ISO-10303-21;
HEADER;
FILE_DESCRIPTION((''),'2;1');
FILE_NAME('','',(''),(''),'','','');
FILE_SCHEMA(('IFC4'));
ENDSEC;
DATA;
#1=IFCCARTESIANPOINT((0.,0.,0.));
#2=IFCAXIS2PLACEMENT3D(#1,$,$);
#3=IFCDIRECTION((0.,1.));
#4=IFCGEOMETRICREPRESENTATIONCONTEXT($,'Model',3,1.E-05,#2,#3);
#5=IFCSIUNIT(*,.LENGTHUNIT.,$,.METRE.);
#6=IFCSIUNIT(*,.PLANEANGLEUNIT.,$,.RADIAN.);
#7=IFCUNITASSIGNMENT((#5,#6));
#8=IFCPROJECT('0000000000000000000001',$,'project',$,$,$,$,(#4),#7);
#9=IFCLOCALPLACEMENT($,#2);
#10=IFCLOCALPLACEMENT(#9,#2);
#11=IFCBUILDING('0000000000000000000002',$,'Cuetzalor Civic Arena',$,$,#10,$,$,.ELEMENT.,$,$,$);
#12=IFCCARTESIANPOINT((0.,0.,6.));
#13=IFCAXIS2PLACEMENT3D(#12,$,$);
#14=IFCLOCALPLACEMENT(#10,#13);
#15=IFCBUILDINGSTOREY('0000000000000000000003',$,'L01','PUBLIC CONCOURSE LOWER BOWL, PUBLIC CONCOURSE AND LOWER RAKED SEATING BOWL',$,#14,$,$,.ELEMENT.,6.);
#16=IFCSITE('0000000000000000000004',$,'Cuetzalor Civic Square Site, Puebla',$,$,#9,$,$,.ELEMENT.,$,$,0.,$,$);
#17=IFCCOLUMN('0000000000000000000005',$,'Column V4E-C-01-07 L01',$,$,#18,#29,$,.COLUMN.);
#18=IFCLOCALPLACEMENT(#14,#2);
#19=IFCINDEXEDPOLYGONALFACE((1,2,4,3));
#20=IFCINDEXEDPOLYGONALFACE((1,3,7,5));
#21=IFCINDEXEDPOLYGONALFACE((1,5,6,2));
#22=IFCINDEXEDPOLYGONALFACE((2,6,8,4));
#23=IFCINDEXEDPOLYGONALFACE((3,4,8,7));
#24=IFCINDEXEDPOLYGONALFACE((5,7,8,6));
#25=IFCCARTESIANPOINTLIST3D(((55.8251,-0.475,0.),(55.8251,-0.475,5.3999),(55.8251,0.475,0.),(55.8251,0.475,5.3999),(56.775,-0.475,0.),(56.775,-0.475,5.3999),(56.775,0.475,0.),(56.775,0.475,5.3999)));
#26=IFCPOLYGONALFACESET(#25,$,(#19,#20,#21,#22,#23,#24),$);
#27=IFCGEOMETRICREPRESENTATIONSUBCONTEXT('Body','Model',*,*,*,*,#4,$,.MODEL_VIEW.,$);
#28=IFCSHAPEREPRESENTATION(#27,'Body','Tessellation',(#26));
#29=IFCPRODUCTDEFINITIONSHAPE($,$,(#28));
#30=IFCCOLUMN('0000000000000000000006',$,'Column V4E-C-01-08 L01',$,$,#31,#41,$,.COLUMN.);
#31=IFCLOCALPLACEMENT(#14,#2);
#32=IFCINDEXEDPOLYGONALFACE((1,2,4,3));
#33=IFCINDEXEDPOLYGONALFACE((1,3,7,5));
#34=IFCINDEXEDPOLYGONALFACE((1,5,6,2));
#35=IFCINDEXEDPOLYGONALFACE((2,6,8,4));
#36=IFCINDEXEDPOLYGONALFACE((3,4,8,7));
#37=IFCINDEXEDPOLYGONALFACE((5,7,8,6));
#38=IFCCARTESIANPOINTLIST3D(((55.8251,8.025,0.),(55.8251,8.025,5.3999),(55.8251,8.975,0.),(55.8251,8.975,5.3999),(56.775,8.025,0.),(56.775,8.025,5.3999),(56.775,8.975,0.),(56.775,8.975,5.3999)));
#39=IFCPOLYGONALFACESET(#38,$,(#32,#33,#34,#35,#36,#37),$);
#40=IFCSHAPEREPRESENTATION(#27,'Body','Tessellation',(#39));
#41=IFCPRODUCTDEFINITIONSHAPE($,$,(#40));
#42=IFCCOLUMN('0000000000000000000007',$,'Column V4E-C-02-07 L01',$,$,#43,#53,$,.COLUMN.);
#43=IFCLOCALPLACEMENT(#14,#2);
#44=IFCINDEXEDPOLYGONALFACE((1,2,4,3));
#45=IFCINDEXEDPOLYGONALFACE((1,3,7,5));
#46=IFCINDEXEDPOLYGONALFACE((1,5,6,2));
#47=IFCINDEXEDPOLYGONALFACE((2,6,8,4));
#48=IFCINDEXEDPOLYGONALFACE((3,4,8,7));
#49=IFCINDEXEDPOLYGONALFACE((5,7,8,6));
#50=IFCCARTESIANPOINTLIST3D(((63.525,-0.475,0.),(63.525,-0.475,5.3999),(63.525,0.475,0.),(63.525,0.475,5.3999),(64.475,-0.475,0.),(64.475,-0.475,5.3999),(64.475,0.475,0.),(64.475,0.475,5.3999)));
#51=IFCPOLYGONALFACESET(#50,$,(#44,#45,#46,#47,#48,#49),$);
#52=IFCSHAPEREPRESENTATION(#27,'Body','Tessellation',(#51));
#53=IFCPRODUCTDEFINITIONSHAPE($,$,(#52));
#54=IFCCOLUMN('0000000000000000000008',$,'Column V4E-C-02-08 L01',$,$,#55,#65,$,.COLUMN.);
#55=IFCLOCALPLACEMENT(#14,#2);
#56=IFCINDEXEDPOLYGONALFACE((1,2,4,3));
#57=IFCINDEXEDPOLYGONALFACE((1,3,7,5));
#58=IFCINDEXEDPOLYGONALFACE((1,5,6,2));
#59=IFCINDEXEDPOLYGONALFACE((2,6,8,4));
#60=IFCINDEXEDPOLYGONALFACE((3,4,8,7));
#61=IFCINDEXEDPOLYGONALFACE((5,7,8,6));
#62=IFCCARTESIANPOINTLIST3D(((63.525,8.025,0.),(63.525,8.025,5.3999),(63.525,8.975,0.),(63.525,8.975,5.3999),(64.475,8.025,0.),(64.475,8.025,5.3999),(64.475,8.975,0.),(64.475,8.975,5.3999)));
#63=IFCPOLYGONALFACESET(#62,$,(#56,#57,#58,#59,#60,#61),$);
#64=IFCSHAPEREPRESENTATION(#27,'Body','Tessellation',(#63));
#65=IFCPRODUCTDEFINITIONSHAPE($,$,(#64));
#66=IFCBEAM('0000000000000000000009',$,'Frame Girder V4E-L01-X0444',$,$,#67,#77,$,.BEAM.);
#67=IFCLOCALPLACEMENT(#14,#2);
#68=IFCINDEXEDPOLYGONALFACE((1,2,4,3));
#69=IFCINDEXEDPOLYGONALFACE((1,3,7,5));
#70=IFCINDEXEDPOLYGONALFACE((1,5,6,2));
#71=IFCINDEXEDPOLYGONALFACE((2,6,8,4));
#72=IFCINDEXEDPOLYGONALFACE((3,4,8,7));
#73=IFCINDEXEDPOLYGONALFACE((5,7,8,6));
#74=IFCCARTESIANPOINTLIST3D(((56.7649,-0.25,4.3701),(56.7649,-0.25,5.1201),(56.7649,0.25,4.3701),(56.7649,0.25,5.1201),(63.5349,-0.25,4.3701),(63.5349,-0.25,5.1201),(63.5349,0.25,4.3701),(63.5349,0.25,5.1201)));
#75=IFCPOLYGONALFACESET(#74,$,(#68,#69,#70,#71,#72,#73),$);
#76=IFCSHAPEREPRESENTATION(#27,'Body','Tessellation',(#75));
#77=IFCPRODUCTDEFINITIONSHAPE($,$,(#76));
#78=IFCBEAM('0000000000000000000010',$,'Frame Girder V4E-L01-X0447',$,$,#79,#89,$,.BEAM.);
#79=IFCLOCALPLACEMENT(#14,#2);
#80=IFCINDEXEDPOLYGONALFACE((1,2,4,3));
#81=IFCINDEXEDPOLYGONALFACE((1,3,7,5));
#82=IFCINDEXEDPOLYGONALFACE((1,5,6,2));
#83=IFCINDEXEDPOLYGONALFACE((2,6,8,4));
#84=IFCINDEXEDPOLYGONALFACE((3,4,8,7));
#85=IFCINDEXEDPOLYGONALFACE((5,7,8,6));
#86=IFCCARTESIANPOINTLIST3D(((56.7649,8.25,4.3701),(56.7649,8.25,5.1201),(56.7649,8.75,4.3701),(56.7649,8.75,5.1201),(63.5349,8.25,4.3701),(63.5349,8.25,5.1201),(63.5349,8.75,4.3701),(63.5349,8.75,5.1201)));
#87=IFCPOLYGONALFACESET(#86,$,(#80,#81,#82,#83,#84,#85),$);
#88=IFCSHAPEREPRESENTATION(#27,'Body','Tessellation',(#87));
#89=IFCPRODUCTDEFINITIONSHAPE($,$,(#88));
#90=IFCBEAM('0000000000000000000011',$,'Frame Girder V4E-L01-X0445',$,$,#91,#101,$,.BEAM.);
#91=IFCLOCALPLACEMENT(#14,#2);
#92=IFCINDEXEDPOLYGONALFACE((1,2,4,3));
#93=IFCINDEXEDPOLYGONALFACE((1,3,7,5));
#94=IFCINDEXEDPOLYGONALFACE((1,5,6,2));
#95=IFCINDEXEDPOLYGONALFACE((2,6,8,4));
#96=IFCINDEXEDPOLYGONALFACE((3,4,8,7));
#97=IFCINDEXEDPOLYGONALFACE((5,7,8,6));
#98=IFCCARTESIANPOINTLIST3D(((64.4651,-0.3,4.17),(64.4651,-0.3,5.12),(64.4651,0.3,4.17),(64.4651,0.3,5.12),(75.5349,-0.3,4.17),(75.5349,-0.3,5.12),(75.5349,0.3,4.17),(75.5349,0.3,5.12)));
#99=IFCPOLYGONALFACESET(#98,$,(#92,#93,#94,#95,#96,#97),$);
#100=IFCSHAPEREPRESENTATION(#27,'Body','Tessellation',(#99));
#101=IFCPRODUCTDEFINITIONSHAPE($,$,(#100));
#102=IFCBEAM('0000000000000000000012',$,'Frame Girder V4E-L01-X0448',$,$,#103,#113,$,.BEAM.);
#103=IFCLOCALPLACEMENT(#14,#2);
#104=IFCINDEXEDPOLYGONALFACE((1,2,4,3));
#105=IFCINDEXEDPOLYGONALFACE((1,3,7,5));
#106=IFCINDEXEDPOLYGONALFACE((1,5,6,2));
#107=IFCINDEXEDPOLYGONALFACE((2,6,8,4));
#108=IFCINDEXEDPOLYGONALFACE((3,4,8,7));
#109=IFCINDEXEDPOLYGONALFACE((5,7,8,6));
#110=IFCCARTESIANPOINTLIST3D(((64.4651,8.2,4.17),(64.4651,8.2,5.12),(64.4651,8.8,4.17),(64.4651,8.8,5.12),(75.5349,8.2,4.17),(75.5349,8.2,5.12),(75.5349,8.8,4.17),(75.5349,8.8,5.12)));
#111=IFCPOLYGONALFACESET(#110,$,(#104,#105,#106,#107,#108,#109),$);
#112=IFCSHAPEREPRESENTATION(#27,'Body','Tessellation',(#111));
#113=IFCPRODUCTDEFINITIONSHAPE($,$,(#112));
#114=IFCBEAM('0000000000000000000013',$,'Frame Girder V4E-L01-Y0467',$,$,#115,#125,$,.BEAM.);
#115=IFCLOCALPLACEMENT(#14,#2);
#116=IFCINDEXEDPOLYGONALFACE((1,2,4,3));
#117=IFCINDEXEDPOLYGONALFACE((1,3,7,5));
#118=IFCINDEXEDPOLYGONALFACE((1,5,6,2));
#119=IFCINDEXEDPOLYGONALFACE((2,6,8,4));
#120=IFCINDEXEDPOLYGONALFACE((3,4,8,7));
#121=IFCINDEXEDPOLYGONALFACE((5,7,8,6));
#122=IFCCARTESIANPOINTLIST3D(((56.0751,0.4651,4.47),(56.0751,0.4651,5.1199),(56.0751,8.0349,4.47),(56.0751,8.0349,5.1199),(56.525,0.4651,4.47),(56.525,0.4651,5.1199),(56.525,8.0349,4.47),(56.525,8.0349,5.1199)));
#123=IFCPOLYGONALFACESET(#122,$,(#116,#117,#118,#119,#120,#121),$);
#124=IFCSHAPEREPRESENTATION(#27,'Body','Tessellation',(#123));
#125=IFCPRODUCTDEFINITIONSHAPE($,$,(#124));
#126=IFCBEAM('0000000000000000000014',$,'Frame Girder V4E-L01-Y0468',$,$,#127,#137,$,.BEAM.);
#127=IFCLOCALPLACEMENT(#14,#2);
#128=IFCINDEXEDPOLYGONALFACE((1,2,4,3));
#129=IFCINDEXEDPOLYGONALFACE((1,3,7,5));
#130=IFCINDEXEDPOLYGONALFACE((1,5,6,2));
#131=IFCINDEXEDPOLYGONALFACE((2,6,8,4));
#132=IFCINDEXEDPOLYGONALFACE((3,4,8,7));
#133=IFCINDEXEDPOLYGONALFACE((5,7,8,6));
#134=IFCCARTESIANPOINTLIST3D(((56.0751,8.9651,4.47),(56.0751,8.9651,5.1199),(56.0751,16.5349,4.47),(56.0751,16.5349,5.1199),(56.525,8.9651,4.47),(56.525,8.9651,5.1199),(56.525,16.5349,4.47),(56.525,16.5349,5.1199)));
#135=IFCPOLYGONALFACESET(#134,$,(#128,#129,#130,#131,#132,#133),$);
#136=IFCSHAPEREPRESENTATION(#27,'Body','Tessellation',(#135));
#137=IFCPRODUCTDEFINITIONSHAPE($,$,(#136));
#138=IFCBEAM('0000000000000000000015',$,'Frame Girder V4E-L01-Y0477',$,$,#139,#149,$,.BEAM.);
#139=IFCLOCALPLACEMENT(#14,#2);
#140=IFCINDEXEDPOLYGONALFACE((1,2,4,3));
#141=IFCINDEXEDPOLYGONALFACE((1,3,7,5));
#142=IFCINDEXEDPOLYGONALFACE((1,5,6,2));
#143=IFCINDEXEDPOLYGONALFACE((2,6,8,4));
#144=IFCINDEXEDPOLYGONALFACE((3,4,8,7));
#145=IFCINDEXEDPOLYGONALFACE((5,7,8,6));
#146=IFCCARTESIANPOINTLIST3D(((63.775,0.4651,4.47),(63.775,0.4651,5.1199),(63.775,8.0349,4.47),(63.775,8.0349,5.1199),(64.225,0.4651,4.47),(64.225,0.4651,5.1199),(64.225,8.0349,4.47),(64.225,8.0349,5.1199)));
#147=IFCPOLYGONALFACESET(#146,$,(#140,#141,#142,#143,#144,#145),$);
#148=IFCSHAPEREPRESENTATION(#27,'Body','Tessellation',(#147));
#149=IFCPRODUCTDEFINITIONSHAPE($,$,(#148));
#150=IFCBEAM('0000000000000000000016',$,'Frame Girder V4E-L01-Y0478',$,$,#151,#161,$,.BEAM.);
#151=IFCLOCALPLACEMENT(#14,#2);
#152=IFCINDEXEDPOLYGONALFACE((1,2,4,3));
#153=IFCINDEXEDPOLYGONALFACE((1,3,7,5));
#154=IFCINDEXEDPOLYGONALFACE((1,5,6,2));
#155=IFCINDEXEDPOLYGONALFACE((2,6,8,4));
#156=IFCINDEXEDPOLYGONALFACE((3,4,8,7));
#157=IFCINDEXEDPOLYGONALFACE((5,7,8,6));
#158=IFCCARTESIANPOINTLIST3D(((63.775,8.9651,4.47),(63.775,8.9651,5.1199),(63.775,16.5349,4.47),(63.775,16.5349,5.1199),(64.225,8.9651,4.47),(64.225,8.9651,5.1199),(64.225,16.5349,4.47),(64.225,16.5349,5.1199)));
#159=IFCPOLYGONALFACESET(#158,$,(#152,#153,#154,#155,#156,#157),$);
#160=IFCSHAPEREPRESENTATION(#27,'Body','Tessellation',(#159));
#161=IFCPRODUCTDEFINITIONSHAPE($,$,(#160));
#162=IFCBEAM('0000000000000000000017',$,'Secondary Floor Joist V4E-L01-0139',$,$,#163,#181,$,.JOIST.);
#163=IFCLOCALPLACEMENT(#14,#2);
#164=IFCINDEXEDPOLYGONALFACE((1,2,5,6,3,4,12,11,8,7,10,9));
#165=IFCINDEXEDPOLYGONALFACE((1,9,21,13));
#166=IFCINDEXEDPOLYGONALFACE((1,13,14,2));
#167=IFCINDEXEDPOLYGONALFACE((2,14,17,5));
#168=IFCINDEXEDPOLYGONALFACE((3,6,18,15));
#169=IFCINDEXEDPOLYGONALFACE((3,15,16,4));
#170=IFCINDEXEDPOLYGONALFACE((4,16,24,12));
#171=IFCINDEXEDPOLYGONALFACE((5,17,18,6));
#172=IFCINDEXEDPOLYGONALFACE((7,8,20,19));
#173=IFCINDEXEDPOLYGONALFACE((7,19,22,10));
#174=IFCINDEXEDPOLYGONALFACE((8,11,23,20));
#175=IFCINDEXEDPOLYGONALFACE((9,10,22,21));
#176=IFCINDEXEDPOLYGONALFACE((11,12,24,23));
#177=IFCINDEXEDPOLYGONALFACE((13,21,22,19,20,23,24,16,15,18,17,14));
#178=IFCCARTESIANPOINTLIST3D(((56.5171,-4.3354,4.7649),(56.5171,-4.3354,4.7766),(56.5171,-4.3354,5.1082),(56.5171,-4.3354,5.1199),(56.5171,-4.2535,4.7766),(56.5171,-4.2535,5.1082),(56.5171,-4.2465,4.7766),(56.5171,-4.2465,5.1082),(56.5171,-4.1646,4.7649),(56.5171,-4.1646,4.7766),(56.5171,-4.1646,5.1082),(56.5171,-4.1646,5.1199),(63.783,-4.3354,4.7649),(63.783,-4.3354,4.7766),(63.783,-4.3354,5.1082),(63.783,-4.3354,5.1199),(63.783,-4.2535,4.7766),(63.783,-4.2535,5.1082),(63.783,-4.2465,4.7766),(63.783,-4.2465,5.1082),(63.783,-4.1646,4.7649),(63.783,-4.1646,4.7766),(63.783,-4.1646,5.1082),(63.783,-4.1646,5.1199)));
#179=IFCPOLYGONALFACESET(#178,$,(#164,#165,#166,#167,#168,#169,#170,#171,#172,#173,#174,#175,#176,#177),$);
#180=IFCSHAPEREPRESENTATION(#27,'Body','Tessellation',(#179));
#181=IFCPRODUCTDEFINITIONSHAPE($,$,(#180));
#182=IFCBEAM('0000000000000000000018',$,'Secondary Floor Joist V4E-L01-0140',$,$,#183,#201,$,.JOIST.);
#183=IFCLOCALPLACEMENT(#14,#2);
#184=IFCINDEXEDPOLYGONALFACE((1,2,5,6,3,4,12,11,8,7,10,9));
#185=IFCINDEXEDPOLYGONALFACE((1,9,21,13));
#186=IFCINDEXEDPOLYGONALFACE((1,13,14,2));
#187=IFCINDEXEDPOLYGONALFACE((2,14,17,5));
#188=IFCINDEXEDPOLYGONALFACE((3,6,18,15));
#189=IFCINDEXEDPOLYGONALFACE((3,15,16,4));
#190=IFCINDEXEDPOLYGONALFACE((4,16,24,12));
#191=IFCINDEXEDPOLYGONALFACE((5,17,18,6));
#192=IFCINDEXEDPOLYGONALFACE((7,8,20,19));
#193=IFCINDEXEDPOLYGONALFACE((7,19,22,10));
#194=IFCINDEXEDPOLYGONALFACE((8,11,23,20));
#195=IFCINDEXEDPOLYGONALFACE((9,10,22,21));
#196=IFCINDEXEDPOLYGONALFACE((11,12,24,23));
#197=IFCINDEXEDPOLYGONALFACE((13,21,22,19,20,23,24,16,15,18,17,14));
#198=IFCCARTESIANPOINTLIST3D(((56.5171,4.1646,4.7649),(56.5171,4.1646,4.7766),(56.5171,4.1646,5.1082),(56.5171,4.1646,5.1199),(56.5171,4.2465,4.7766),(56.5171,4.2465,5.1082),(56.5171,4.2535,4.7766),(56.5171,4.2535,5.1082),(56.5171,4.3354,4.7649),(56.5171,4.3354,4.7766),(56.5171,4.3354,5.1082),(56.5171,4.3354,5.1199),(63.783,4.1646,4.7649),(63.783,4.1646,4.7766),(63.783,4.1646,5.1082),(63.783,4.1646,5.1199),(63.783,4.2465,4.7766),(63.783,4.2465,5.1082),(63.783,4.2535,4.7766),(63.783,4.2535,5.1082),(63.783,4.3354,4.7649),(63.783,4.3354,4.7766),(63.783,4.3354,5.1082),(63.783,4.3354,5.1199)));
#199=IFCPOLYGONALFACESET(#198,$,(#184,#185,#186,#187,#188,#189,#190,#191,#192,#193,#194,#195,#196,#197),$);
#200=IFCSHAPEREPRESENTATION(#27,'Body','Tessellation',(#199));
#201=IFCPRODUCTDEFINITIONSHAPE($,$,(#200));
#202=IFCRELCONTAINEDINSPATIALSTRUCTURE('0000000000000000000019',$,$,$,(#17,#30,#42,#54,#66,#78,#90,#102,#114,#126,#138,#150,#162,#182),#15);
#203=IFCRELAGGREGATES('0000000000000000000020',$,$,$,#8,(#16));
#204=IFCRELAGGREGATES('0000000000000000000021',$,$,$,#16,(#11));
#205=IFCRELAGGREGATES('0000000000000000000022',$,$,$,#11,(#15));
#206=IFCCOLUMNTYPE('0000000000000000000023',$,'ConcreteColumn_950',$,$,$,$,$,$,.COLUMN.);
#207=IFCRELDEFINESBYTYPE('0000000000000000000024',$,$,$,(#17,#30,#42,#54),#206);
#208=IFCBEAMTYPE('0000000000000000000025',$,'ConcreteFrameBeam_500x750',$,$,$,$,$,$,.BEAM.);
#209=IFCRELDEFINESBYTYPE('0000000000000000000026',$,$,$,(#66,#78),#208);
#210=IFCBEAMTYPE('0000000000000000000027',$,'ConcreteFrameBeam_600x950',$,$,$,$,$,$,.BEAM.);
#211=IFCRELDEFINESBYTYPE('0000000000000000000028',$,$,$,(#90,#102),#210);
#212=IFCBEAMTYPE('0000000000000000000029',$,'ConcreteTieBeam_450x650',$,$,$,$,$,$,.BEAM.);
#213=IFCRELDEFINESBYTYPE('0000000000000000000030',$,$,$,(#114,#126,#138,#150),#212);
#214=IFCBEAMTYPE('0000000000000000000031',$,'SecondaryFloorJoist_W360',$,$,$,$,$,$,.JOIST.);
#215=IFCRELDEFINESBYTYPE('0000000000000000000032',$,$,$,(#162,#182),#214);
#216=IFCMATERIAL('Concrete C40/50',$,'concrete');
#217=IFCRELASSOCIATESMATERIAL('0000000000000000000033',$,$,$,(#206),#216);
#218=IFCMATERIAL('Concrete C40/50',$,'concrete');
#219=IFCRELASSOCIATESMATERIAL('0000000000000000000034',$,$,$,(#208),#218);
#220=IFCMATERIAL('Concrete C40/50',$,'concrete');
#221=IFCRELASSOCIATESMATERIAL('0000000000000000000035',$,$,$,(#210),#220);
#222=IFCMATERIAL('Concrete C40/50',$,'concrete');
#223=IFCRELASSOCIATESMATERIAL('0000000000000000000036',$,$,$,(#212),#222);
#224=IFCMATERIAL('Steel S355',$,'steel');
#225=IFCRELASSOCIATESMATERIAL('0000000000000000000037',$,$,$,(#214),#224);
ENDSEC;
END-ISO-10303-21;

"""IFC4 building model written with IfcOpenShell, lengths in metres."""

from ifc_helpers import new_model, si_unit, direction, frame, origin, origin_2d, place, context, subcontext, project, spatial, rectangle, i_section, extrude, material, material_profile, profile_set, type_object, element, save


model = new_model("IFC4")

# Units and contexts
model_context = context("Model", 3, precision=1e-05, world=origin(), true_north=direction((0.0, 1.0)))
body_context = subcontext(model_context, "Body", "Model", "MODEL_VIEW")
ifc_project = project(units=[si_unit("LENGTHUNIT", "METRE"), si_unit("PLANEANGLEUNIT", "RADIAN")], contexts=[model_context])

# Site, building, storey
site_placement = place(None, origin())
site = spatial("IfcSite", under=ifc_project, at=site_placement, Name="Cuetzalor Civic Square Site, Puebla", CompositionType="ELEMENT", RefElevation=0.0)
building_placement = place(site_placement, origin())
building = spatial("IfcBuilding", under=site, at=building_placement, Name="Cuetzalor Civic Arena", CompositionType="ELEMENT")
storey_placement = place(building_placement, frame((0.0, 0.0, 6.0)))
storey = spatial("IfcBuildingStorey", under=building, at=storey_placement, Name="L01", Description="PUBLIC CONCOURSE LOWER BOWL, PUBLIC CONCOURSE AND LOWER RAKED SEATING BOWL", CompositionType="ELEMENT", Elevation=6.0)

# Columns
ifc_material_1 = material(Name="Concrete C40/50", Category="concrete")
ifc_material_profile_1 = material_profile(ifc_material_1, rectangle(XDim=0.95, YDim=0.95, at=origin_2d()), Name="RC 950x950")
ifc_profile_set_1 = profile_set([ifc_material_profile_1], Name="Concrete C40/50")
column_type = type_object("IfcColumnType", Name="ConcreteColumn_950", PredefinedType="COLUMN", material=ifc_profile_set_1)
for number, where, z_axis, x_axis, name in (
    (1, (56.3, 0.0, 0.0), (0.0, 0.0, 1.0), (1.0, 0.0, 0.0), "Column V4E-C-01-07 L01"),
    (2, (56.3, 8.5, 0.0), (0.0, 0.0, 1.0), (1.0, 0.0, 0.0), "Column V4E-C-01-08 L01"),
    (3, (64.0, 0.0, 0.0), (0.0, 0.0, 1.0), (1.0, 0.0, 0.0), "Column V4E-C-02-07 L01"),
    (4, (64.0, 8.5, 0.0), (0.0, 0.0, 1.0), (1.0, 0.0, 0.0), "Column V4E-C-02-08 L01"),
):
    element("IfcColumn", number, at=place(storey_placement, frame(where, z_axis=z_axis, x_axis=x_axis)), inside=storey, type_object=column_type, Name=name, PredefinedType="COLUMN", context=body_context, shape_type="SweptSolid", body=[
        extrude(rectangle(XDim=0.95, YDim=0.95, at=origin_2d()), origin(), (0.0, 0.0, 1.0), 5.3999),
    ])

# Beams
ifc_material_2 = material(Name="Concrete C40/50", Category="concrete")
ifc_material_profile_2 = material_profile(ifc_material_2, rectangle(XDim=0.5, YDim=0.75, at=origin_2d()), Name="RC 500x750")
ifc_profile_set_2 = profile_set([ifc_material_profile_2], Name="Concrete C40/50")
beam_type_1 = type_object("IfcBeamType", Name="ConcreteFrameBeam_500x750", PredefinedType="BEAM", material=ifc_profile_set_2)
for number, where, z_axis, x_axis, name in (
    (5, (56.7649, 0.0, 4.7451), (1.0, 0.0, 0.0), (0.0, 1.0, 0.0), "Frame Girder V4E-L01-X0444"),
    (6, (56.7649, 8.5, 4.7451), (1.0, 0.0, 0.0), (0.0, 1.0, 0.0), "Frame Girder V4E-L01-X0447"),
):
    element("IfcBeam", number, at=place(storey_placement, frame(where, z_axis=z_axis, x_axis=x_axis)), inside=storey, type_object=beam_type_1, Name=name, PredefinedType="BEAM", context=body_context, shape_type="SweptSolid", body=[
        extrude(rectangle(XDim=0.5, YDim=0.75, at=origin_2d()), origin(), (0.0, 0.0, 1.0), 6.77),
    ])
ifc_material_3 = material(Name="Concrete C40/50", Category="concrete")
ifc_material_profile_3 = material_profile(ifc_material_3, rectangle(XDim=0.6001, YDim=0.95, at=origin_2d()), Name="RC 600x950")
ifc_profile_set_3 = profile_set([ifc_material_profile_3], Name="Concrete C40/50")
beam_type_2 = type_object("IfcBeamType", Name="ConcreteFrameBeam_600x950", PredefinedType="BEAM", material=ifc_profile_set_3)
for number, where, z_axis, x_axis, name in (
    (7, (64.4651, 0.0, 4.645), (1.0, 0.0, 0.0), (0.0, 1.0, 0.0), "Frame Girder V4E-L01-X0445"),
    (8, (64.4651, 8.5, 4.645), (1.0, 0.0, 0.0), (0.0, 1.0, 0.0), "Frame Girder V4E-L01-X0448"),
):
    element("IfcBeam", number, at=place(storey_placement, frame(where, z_axis=z_axis, x_axis=x_axis)), inside=storey, type_object=beam_type_2, Name=name, PredefinedType="BEAM", context=body_context, shape_type="SweptSolid", body=[
        extrude(rectangle(XDim=0.6001, YDim=0.95, at=origin_2d()), origin(), (0.0, 0.0, 1.0), 11.0698),
    ])
ifc_material_4 = material(Name="Concrete C40/50", Category="concrete")
ifc_material_profile_4 = material_profile(ifc_material_4, rectangle(XDim=0.45, YDim=0.6499, at=origin_2d()), Name="RC 450x650")
ifc_profile_set_4 = profile_set([ifc_material_profile_4], Name="Concrete C40/50")
beam_type_3 = type_object("IfcBeamType", Name="ConcreteTieBeam_450x650", PredefinedType="BEAM", material=ifc_profile_set_4)
for number, where, z_axis, x_axis, name in (
    (9, (56.3, 0.4651, 4.7949), (0.0, 1.0, 0.0), (-1.0, 0.0, 0.0), "Frame Girder V4E-L01-Y0467"),
    (10, (56.3, 8.9651, 4.7949), (0.0, 1.0, 0.0), (-1.0, 0.0, 0.0), "Frame Girder V4E-L01-Y0468"),
    (11, (64.0, 0.4651, 4.7949), (0.0, 1.0, 0.0), (-1.0, 0.0, 0.0), "Frame Girder V4E-L01-Y0477"),
    (12, (64.0, 8.9651, 4.7949), (0.0, 1.0, 0.0), (-1.0, 0.0, 0.0), "Frame Girder V4E-L01-Y0478"),
):
    element("IfcBeam", number, at=place(storey_placement, frame(where, z_axis=z_axis, x_axis=x_axis)), inside=storey, type_object=beam_type_3, Name=name, PredefinedType="BEAM", context=body_context, shape_type="SweptSolid", body=[
        extrude(rectangle(XDim=0.45, YDim=0.6499, at=origin_2d()), origin(), (0.0, 0.0, 1.0), 7.5698),
    ])
ifc_material_5 = material(Name="Steel S355", Category="steel")
ifc_material_profile_5 = material_profile(ifc_material_5, i_section(OverallWidth=0.1709, OverallDepth=0.355, WebThickness=0.0071, FlangeThickness=0.0117, at=origin_2d()), Name="W360x51")
ifc_profile_set_5 = profile_set([ifc_material_profile_5], Name="Steel S355")
beam_type_4 = type_object("IfcBeamType", Name="SecondaryFloorJoist_W360", PredefinedType="JOIST", material=ifc_profile_set_5)
for number, where, z_axis, x_axis, name in (
    (13, (56.5171, -4.25, 4.9424), (1.0, 0.0, 0.0), (0.0, 1.0, 0.0), "Secondary Floor Joist V4E-L01-0139"),
    (14, (56.5171, 4.25, 4.9424), (1.0, 0.0, 0.0), (0.0, 1.0, 0.0), "Secondary Floor Joist V4E-L01-0140"),
):
    element("IfcBeam", number, at=place(storey_placement, frame(where, z_axis=z_axis, x_axis=x_axis)), inside=storey, type_object=beam_type_4, Name=name, PredefinedType="JOIST", context=body_context, shape_type="SweptSolid", body=[
        extrude(i_section(OverallWidth=0.1709, OverallDepth=0.355, WebThickness=0.0071, FlangeThickness=0.0117, at=origin_2d()), origin(), (0.0, 0.0, 1.0), 7.2659),
    ])

save(model, "model.ifc")
